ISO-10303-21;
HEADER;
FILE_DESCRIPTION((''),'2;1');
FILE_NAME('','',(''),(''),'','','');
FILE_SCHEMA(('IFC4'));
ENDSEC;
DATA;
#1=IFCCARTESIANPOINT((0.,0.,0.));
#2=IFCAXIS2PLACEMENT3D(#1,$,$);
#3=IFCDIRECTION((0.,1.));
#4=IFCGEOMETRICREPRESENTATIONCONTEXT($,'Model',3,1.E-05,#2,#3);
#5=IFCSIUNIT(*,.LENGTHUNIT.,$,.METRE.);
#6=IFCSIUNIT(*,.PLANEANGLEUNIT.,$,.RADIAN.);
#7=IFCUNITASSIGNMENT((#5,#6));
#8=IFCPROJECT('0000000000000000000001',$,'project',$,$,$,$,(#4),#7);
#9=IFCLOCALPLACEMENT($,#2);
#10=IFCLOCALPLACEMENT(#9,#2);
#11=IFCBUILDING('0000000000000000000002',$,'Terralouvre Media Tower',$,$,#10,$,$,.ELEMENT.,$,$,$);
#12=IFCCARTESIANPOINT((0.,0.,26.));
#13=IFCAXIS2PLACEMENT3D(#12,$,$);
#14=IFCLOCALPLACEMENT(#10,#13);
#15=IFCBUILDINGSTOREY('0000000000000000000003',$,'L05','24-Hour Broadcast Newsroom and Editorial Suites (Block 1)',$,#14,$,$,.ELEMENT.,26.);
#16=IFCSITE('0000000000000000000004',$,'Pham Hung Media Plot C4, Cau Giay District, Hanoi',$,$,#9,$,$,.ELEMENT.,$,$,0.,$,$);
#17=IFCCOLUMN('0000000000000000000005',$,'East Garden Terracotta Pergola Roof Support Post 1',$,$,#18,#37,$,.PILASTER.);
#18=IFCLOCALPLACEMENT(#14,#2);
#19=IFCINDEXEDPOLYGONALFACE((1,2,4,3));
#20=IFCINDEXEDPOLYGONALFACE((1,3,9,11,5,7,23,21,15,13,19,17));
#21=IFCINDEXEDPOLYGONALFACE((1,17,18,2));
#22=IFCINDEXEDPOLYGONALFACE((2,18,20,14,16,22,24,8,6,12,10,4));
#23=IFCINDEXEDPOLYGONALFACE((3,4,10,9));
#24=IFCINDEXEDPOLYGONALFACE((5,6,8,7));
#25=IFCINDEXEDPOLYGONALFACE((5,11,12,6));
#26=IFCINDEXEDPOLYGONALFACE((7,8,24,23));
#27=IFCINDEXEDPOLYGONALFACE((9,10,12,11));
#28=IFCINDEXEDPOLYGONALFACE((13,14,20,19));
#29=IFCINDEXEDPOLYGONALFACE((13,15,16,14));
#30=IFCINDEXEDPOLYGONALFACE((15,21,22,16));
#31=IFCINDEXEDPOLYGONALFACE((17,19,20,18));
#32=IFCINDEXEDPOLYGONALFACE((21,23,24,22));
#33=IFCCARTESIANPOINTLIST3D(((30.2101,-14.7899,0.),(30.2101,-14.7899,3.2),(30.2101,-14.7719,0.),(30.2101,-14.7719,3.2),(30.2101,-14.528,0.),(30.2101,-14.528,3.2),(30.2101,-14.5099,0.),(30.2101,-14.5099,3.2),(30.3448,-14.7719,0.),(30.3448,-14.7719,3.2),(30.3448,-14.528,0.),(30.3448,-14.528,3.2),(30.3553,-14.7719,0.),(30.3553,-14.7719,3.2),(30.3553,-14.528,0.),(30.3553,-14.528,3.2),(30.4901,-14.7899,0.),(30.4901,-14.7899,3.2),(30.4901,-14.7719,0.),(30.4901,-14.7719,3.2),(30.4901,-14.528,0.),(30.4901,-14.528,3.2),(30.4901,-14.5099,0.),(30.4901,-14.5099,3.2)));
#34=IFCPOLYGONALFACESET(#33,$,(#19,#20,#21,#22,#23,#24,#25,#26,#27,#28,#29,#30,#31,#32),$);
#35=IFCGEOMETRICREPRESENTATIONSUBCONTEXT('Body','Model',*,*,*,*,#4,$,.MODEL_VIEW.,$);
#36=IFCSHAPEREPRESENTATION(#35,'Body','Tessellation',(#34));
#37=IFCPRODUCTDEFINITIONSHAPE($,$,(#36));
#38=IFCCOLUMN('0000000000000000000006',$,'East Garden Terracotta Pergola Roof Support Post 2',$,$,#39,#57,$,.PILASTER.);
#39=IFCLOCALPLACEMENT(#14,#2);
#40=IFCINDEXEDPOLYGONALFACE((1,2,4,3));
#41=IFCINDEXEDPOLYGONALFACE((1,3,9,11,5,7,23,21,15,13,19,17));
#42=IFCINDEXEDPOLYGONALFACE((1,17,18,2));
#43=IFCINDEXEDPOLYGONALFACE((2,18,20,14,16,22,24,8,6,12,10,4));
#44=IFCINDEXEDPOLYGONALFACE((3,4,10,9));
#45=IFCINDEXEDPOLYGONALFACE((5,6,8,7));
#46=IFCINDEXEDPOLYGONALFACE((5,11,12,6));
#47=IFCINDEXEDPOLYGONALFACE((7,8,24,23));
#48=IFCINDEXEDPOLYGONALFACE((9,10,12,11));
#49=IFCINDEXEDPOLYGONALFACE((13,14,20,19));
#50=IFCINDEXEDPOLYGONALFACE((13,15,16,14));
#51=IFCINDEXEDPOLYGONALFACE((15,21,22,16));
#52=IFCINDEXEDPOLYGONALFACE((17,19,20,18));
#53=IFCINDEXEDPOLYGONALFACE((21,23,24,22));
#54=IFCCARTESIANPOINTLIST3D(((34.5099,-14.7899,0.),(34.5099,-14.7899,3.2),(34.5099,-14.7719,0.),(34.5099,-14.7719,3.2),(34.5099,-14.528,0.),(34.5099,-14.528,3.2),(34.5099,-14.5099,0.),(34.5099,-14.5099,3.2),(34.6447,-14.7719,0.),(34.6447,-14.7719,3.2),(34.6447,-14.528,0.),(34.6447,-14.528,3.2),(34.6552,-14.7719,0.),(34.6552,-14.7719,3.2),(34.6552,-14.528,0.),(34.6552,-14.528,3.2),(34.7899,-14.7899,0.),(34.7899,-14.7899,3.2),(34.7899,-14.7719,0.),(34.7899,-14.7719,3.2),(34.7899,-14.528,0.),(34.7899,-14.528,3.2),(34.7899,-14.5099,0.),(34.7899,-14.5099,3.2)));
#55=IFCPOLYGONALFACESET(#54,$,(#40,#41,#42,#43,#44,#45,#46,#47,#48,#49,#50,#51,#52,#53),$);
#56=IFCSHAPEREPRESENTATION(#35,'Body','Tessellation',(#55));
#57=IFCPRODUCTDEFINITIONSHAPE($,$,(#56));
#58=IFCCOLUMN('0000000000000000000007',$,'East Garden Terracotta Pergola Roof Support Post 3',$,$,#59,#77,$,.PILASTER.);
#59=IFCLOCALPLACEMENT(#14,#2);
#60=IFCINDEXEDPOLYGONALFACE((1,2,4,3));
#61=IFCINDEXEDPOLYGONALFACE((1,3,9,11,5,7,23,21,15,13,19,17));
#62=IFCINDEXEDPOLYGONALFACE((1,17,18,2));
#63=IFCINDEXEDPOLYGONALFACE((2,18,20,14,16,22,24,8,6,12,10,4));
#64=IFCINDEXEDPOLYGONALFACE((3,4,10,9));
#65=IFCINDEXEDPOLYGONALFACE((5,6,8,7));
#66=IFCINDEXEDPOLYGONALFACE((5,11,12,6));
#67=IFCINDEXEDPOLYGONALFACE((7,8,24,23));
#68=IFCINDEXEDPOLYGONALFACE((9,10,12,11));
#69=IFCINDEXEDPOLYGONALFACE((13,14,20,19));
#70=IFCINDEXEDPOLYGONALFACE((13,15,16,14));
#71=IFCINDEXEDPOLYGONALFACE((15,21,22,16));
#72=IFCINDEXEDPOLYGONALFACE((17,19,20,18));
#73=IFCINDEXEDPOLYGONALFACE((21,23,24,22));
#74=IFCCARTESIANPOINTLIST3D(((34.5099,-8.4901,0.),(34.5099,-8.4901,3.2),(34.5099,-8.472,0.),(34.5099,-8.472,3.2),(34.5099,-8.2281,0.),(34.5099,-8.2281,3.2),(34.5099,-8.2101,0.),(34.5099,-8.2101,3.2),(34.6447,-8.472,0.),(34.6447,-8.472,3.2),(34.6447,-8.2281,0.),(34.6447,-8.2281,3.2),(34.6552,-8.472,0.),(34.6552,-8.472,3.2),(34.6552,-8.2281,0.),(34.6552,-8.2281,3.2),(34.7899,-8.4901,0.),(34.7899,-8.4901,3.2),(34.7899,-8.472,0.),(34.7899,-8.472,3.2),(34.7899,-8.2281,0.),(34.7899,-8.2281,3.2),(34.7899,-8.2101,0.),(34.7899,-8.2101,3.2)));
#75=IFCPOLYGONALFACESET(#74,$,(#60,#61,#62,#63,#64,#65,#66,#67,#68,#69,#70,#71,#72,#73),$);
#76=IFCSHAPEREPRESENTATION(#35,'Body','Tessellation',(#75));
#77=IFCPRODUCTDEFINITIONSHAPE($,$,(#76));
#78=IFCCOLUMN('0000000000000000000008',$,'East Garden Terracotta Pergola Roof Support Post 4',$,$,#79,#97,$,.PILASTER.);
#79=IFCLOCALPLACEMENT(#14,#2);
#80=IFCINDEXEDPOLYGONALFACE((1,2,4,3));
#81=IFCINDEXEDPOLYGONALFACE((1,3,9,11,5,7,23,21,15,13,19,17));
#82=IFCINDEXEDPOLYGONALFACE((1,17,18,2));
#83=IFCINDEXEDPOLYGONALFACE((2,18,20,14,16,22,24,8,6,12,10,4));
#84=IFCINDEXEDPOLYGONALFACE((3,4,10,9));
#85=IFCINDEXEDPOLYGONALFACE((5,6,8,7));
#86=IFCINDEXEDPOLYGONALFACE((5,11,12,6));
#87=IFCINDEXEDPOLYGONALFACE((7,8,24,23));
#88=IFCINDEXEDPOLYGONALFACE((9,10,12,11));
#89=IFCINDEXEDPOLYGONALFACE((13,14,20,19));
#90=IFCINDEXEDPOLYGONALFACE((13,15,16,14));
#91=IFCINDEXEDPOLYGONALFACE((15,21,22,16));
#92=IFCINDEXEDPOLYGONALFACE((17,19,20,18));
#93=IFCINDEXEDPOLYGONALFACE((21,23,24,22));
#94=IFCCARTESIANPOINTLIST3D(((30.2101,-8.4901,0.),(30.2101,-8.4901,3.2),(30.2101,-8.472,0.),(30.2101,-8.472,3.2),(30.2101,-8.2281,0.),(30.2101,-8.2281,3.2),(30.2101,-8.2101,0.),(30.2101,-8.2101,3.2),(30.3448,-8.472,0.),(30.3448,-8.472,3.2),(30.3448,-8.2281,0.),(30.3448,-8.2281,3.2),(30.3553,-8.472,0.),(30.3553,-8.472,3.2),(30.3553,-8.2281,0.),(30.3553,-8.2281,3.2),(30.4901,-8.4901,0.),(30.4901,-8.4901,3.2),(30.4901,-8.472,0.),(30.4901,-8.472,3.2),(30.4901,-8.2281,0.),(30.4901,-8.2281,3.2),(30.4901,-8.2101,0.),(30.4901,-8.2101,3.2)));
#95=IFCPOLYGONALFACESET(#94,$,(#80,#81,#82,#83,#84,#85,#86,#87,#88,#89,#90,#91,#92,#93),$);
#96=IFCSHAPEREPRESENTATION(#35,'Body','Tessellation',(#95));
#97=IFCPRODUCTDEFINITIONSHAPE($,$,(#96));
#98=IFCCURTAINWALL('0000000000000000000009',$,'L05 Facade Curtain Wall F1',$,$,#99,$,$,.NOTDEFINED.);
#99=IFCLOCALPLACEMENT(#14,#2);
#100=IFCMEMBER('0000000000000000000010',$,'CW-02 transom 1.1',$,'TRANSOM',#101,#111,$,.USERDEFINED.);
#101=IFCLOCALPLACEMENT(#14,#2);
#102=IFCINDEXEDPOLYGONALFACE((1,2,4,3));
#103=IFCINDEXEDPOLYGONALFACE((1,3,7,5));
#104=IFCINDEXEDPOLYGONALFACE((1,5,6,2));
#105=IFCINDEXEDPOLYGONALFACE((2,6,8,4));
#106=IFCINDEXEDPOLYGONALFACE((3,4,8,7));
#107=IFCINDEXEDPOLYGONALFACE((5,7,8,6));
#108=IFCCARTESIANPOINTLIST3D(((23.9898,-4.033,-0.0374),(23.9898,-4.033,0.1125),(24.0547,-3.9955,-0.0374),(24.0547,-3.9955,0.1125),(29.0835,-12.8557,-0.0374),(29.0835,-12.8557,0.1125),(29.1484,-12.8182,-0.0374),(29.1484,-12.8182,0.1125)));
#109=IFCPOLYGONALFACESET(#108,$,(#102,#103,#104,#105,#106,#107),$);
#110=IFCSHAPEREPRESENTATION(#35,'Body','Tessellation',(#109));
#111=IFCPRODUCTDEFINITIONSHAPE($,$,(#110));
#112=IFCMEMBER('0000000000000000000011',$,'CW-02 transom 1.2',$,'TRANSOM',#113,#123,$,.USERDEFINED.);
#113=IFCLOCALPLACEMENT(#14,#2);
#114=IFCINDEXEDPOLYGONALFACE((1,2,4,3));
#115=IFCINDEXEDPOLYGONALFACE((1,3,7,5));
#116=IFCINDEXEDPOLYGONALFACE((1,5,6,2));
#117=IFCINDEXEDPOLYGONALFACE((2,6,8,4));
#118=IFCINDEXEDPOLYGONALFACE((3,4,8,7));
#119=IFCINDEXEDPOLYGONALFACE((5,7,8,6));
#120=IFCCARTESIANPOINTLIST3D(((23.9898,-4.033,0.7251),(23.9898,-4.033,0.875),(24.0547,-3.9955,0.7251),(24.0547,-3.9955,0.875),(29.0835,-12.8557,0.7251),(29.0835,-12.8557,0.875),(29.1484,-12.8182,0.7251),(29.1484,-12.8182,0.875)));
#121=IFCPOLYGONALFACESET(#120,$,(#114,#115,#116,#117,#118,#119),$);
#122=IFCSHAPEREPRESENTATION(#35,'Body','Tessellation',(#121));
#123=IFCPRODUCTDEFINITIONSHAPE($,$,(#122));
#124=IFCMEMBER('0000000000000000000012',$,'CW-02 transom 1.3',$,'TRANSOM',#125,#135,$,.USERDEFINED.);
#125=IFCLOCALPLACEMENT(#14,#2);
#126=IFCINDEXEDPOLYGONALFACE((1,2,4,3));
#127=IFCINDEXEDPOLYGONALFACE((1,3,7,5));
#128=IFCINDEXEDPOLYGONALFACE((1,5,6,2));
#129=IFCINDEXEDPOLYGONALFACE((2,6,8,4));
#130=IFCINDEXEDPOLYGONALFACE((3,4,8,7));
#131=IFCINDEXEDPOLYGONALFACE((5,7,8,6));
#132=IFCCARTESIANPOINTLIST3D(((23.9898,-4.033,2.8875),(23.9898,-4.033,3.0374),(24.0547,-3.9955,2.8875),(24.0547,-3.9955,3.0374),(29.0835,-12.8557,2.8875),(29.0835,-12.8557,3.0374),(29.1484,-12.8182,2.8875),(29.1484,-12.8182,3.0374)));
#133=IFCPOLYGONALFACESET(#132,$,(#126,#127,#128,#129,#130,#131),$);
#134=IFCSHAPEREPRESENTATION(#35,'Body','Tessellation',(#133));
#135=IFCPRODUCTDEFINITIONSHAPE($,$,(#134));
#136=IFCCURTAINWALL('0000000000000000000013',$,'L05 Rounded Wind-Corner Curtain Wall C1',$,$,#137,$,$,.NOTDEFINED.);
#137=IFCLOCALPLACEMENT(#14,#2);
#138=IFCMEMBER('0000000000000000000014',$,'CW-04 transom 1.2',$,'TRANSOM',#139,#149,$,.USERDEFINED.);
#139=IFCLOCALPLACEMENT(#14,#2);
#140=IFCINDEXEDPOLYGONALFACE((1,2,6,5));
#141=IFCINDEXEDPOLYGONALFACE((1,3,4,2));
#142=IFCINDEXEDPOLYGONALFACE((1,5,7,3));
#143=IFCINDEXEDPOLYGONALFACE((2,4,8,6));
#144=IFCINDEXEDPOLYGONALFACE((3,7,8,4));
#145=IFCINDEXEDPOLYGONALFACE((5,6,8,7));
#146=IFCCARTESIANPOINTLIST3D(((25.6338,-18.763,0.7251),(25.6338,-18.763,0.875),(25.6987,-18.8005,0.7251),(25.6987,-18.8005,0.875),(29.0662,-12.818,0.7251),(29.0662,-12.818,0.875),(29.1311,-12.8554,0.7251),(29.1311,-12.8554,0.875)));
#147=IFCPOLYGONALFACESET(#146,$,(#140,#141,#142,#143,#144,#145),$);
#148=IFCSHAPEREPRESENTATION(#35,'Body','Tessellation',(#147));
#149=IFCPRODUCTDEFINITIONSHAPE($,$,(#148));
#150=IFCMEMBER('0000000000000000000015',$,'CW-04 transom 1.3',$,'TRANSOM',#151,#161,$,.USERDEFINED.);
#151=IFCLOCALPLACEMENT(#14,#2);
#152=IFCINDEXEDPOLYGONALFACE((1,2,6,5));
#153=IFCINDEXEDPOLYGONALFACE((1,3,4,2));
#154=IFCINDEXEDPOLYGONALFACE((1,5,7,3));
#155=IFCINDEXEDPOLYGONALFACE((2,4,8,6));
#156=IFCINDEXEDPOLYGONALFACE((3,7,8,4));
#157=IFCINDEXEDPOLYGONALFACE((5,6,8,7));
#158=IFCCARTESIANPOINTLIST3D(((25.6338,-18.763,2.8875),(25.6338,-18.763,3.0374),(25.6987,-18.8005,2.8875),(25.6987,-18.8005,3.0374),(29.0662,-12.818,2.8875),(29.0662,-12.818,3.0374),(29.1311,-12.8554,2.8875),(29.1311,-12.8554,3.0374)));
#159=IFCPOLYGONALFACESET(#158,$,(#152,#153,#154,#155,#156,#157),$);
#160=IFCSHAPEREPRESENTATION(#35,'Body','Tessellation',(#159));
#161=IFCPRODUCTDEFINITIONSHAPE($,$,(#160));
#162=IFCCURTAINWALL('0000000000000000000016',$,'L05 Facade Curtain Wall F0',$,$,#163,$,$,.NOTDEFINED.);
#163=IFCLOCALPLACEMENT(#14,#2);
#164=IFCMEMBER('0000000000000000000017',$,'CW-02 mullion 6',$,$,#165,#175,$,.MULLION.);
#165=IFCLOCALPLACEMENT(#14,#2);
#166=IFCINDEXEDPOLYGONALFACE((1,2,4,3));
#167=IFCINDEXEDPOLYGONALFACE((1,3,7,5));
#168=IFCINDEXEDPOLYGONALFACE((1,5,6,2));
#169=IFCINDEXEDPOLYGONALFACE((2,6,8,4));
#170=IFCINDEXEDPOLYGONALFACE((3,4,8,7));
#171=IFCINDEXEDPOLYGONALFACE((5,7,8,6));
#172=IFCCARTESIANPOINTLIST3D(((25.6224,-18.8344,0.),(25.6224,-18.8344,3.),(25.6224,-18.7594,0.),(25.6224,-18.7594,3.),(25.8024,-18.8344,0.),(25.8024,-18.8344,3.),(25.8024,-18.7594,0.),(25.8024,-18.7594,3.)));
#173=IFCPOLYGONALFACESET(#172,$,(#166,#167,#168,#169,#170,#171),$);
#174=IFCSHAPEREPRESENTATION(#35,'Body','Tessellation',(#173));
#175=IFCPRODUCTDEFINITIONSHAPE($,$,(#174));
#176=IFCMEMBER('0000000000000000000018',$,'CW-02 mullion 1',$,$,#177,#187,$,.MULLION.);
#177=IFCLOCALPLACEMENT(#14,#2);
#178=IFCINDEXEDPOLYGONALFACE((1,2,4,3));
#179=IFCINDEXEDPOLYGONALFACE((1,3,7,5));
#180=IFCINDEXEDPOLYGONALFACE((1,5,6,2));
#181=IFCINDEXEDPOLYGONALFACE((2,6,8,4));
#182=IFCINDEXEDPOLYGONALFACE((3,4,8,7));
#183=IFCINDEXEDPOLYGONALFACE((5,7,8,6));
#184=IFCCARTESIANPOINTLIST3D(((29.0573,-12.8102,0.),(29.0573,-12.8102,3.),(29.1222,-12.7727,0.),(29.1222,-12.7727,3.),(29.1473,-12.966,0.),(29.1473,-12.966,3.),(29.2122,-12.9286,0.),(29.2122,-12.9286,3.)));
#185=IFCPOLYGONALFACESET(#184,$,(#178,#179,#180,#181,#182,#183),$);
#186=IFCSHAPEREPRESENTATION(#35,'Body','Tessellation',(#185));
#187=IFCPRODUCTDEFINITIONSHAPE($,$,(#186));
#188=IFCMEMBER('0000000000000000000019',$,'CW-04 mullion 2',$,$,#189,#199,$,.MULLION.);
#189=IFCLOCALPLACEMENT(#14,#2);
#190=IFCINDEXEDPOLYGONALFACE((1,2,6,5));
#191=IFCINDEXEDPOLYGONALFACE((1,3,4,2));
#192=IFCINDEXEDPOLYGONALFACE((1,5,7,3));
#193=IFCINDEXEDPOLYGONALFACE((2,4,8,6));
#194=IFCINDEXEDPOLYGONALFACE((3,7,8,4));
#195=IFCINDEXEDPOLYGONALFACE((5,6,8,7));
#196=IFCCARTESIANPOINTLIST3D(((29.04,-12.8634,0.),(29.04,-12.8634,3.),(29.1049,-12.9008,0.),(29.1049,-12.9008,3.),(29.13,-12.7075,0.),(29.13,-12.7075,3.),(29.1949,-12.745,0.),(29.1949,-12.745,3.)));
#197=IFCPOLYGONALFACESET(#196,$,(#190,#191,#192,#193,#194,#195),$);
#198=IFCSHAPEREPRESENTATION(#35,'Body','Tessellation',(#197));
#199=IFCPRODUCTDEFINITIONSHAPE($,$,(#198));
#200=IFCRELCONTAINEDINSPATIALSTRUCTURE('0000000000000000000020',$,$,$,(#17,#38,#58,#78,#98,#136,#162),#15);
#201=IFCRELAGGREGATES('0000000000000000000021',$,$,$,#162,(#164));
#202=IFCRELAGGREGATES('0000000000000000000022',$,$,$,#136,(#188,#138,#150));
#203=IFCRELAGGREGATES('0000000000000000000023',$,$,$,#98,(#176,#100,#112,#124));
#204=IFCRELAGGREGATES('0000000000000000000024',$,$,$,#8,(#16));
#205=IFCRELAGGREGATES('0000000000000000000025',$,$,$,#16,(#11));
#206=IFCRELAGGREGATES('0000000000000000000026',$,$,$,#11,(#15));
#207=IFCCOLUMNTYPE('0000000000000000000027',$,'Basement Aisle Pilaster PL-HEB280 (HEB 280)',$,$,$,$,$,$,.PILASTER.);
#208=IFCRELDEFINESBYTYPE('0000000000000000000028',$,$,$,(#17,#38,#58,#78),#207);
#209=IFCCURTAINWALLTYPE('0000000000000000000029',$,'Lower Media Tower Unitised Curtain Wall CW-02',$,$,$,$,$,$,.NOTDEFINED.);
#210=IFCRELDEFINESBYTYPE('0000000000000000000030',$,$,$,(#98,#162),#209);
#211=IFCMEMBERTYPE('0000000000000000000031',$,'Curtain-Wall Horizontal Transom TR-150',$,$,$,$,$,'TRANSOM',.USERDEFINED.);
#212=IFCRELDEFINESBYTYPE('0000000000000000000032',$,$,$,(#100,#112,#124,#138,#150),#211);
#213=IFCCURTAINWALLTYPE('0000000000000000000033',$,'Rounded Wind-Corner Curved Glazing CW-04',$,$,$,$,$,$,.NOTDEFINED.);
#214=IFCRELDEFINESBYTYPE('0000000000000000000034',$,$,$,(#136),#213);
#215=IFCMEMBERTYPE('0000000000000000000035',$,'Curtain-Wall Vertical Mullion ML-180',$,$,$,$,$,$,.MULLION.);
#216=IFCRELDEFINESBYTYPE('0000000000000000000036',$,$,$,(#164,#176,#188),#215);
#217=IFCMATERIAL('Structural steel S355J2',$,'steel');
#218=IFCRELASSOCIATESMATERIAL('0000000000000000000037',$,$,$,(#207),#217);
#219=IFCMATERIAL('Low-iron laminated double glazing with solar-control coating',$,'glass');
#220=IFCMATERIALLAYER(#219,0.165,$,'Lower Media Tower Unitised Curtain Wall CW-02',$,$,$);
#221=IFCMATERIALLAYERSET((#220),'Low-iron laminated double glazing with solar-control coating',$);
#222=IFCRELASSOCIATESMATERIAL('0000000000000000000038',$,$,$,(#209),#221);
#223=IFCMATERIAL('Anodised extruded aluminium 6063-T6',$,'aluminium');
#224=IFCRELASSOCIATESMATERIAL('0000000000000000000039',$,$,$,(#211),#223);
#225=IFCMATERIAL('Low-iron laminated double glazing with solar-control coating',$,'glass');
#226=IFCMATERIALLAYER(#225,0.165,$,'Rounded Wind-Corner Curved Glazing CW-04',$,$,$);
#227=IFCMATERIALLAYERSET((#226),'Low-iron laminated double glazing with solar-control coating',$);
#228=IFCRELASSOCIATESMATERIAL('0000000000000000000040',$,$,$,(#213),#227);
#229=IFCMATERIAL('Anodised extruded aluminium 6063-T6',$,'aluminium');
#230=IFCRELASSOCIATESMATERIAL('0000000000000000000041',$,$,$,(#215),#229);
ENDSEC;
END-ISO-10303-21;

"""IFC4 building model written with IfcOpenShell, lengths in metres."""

from ifc_helpers import new_model, si_unit, direction, frame, origin, origin_2d, place, context, subcontext, project, spatial, rectangle, i_section, extrude, material, layer, layer_set, material_profile, profile_set, type_object, element, aggregate, save


model = new_model("IFC4")

# Units and contexts
model_context = context("Model", 3, precision=1e-05, world=origin(), true_north=direction((0.0, 1.0)))
body_context = subcontext(model_context, "Body", "Model", "MODEL_VIEW")
ifc_project = project(units=[si_unit("LENGTHUNIT", "METRE"), si_unit("PLANEANGLEUNIT", "RADIAN")], contexts=[model_context])

# Site, building, storey
site_placement = place(None, origin())
site = spatial("IfcSite", under=ifc_project, at=site_placement, Name="Pham Hung Media Plot C4, Cau Giay District, Hanoi", CompositionType="ELEMENT", RefElevation=0.0)
building_placement = place(site_placement, origin())
building = spatial("IfcBuilding", under=site, at=building_placement, Name="Terralouvre Media Tower", CompositionType="ELEMENT")
storey_placement = place(building_placement, frame((0.0, 0.0, 26.0)))
storey = spatial("IfcBuildingStorey", under=building, at=storey_placement, Name="L05", Description="24-Hour Broadcast Newsroom and Editorial Suites (Block 1)", CompositionType="ELEMENT", Elevation=26.0)

# Columns
ifc_material_1 = material(Name="Structural steel S355J2", Category="steel")
ifc_material_profile_1 = material_profile(ifc_material_1, i_section(OverallWidth=0.28, OverallDepth=0.28, WebThickness=0.0105, FlangeThickness=0.0181, at=origin_2d()), Name="HEB 280")
ifc_profile_set_1 = profile_set([ifc_material_profile_1], Name="Structural steel S355J2")
column_type = type_object("IfcColumnType", Name="Basement Aisle Pilaster PL-HEB280 (HEB 280)", PredefinedType="PILASTER", material=ifc_profile_set_1)
for number, where, z_axis, x_axis, name in (
    (1, (30.3501, -14.6499, 0.0), (0.0, 0.0, 1.0), (1.0, 0.0, 0.0), "East Garden Terracotta Pergola Roof Support Post 1"),
    (2, (34.6499, -14.6499, 0.0), (0.0, 0.0, 1.0), (1.0, 0.0, 0.0), "East Garden Terracotta Pergola Roof Support Post 2"),
    (3, (34.6499, -8.3501, 0.0), (0.0, 0.0, 1.0), (1.0, 0.0, 0.0), "East Garden Terracotta Pergola Roof Support Post 3"),
    (4, (30.3501, -8.3501, 0.0), (0.0, 0.0, 1.0), (1.0, 0.0, 0.0), "East Garden Terracotta Pergola Roof Support Post 4"),
):
    element("IfcColumn", number, at=place(storey_placement, frame(where, z_axis=z_axis, x_axis=x_axis)), inside=storey, type_object=column_type, Name=name, PredefinedType="PILASTER", context=body_context, shape_type="SweptSolid", body=[
        extrude(i_section(OverallWidth=0.28, OverallDepth=0.28, WebThickness=0.0105, FlangeThickness=0.0181, at=origin_2d()), origin(), (0.0, 0.0, 1.0), 3.2),
    ])

# Curtain walls, members
ifc_material_2 = material(Name="Low-iron laminated double glazing with solar-control coating", Category="glass")
ifc_layer_1 = layer(ifc_material_2, 0.165, Name="Lower Media Tower Unitised Curtain Wall CW-02")
ifc_layer_set_1 = layer_set([ifc_layer_1], Name="Low-iron laminated double glazing with solar-control coating")
curtain_wall_type_1 = type_object("IfcCurtainWallType", Name="Lower Media Tower Unitised Curtain Wall CW-02", PredefinedType="NOTDEFINED", material=ifc_layer_set_1)
curtain_wall_1_placement = place(storey_placement, origin())
curtain_wall_1 = element("IfcCurtainWall", 5, at=curtain_wall_1_placement, inside=storey, type_object=curtain_wall_type_1, Name="L05 Facade Curtain Wall F1", PredefinedType="NOTDEFINED")
ifc_material_3 = material(Name="Anodised extruded aluminium 6063-T6", Category="aluminium")
ifc_material_profile_2 = material_profile(ifc_material_3, rectangle(XDim=0.075, YDim=0.1499, at=origin_2d()), Name="ALU 75x150")
ifc_profile_set_2 = profile_set([ifc_material_profile_2], Name="Anodised extruded aluminium 6063-T6")
member_type_1 = type_object("IfcMemberType", Name="Curtain-Wall Horizontal Transom TR-150", ElementType="TRANSOM", PredefinedType="USERDEFINED", material=ifc_profile_set_2)
member_1_placement = place(storey_placement, frame((29.116, -12.8369, 0.0376), z_axis=(-0.499995, 0.866028, 0.0), x_axis=(-0.866028, -0.499995, 0.0)))
member_1 = element("IfcMember", 6, at=member_1_placement, type_object=member_type_1, Name="CW-02 transom 1.1", ObjectType="TRANSOM", PredefinedType="USERDEFINED", context=body_context, shape_type="SweptSolid", body=[
    extrude(rectangle(XDim=0.075, YDim=0.1499, at=origin_2d()), origin(), (0.0, 0.0, 1.0), 10.1875),
])
member_2_placement = place(storey_placement, frame((29.116, -12.8369, 0.8), z_axis=(-0.499995, 0.866028, 0.0), x_axis=(-0.866028, -0.499995, 0.0)))
member_2 = element("IfcMember", 7, at=member_2_placement, type_object=member_type_1, Name="CW-02 transom 1.2", ObjectType="TRANSOM", PredefinedType="USERDEFINED", context=body_context, shape_type="SweptSolid", body=[
    extrude(rectangle(XDim=0.075, YDim=0.1499, at=origin_2d()), origin(), (0.0, 0.0, 1.0), 10.1875),
])
member_3_placement = place(storey_placement, frame((29.116, -12.8369, 2.9624), z_axis=(-0.499995, 0.866028, 0.0), x_axis=(-0.866028, -0.499995, 0.0)))
member_3 = element("IfcMember", 8, at=member_3_placement, type_object=member_type_1, Name="CW-02 transom 1.3", ObjectType="TRANSOM", PredefinedType="USERDEFINED", context=body_context, shape_type="SweptSolid", body=[
    extrude(rectangle(XDim=0.075, YDim=0.1499, at=origin_2d()), origin(), (0.0, 0.0, 1.0), 10.1875),
])
ifc_material_4 = material(Name="Low-iron laminated double glazing with solar-control coating", Category="glass")
ifc_layer_2 = layer(ifc_material_4, 0.165, Name="Rounded Wind-Corner Curved Glazing CW-04")
ifc_layer_set_2 = layer_set([ifc_layer_2], Name="Low-iron laminated double glazing with solar-control coating")
curtain_wall_type_2 = type_object("IfcCurtainWallType", Name="Rounded Wind-Corner Curved Glazing CW-04", PredefinedType="NOTDEFINED", material=ifc_layer_set_2)
curtain_wall_2_placement = place(storey_placement, origin())
curtain_wall_2 = element("IfcCurtainWall", 9, at=curtain_wall_2_placement, inside=storey, type_object=curtain_wall_type_2, Name="L05 Rounded Wind-Corner Curtain Wall C1", PredefinedType="NOTDEFINED")
member_4_placement = place(storey_placement, frame((25.6663, -18.7817, 0.8), z_axis=(0.499998, 0.866026, 0.0), x_axis=(-0.866026, 0.499998, 0.0)))
member_4 = element("IfcMember", 10, at=member_4_placement, type_object=member_type_1, Name="CW-04 transom 1.2", ObjectType="TRANSOM", PredefinedType="USERDEFINED", context=body_context, shape_type="SweptSolid", body=[
    extrude(rectangle(XDim=0.075, YDim=0.1499, at=origin_2d()), origin(), (0.0, 0.0, 1.0), 6.8647),
])
member_5_placement = place(storey_placement, frame((25.6663, -18.7817, 2.9624), z_axis=(0.499998, 0.866026, 0.0), x_axis=(-0.866026, 0.499998, 0.0)))
member_5 = element("IfcMember", 11, at=member_5_placement, type_object=member_type_1, Name="CW-04 transom 1.3", ObjectType="TRANSOM", PredefinedType="USERDEFINED", context=body_context, shape_type="SweptSolid", body=[
    extrude(rectangle(XDim=0.075, YDim=0.1499, at=origin_2d()), origin(), (0.0, 0.0, 1.0), 6.8647),
])

# Curtain wall, member
curtain_wall_3_placement = place(storey_placement, origin())
curtain_wall_3 = element("IfcCurtainWall", 12, at=curtain_wall_3_placement, inside=storey, type_object=curtain_wall_type_1, Name="L05 Facade Curtain Wall F0", PredefinedType="NOTDEFINED")
ifc_material_5 = material(Name="Anodised extruded aluminium 6063-T6", Category="aluminium")
ifc_material_profile_3 = material_profile(ifc_material_5, rectangle(XDim=0.075, YDim=0.1799, at=origin_2d()), Name="ALU 75x180")
ifc_profile_set_3 = profile_set([ifc_material_profile_3], Name="Anodised extruded aluminium 6063-T6")
member_type_2 = type_object("IfcMemberType", Name="Curtain-Wall Vertical Mullion ML-180", PredefinedType="MULLION", material=ifc_profile_set_3)
member_6_placement = place(storey_placement, frame((25.7124, -18.7969, 0.0), z_axis=(0.0, 0.0, 1.0), x_axis=(0.0, 1.0, 0.0)))
member_6 = element("IfcMember", 13, at=member_6_placement, type_object=member_type_2, Name="CW-02 mullion 6", PredefinedType="MULLION", context=body_context, shape_type="SweptSolid", body=[
    extrude(rectangle(XDim=0.075, YDim=0.1799, at=origin_2d()), origin(), (0.0, 0.0, 1.0), 3.0),
])
aggregate(curtain_wall_3, [member_6])

# Members
member_7_placement = place(storey_placement, frame((29.1348, -12.8694, 0.0), z_axis=(0.0, 0.0, 1.0), x_axis=(-0.866025, -0.5, 0.0)))
member_7 = element("IfcMember", 14, at=member_7_placement, type_object=member_type_2, Name="CW-02 mullion 1", PredefinedType="MULLION", context=body_context, shape_type="SweptSolid", body=[
    extrude(rectangle(XDim=0.075, YDim=0.1799, at=origin_2d()), origin(), (0.0, 0.0, 1.0), 3.0),
])
member_8_placement = place(storey_placement, frame((29.1174, -12.8042, 0.0), z_axis=(0.0, 0.0, 1.0), x_axis=(-0.866026, 0.5, 0.0)))
member_8 = element("IfcMember", 15, at=member_8_placement, type_object=member_type_2, Name="CW-04 mullion 2", PredefinedType="MULLION", context=body_context, shape_type="SweptSolid", body=[
    extrude(rectangle(XDim=0.075, YDim=0.1799, at=origin_2d()), origin(), (0.0, 0.0, 1.0), 3.0),
])

aggregate(curtain_wall_2, [member_8, member_4, member_5])
aggregate(curtain_wall_1, [member_7, member_1, member_2, member_3])

save(model, "model.ifc")
